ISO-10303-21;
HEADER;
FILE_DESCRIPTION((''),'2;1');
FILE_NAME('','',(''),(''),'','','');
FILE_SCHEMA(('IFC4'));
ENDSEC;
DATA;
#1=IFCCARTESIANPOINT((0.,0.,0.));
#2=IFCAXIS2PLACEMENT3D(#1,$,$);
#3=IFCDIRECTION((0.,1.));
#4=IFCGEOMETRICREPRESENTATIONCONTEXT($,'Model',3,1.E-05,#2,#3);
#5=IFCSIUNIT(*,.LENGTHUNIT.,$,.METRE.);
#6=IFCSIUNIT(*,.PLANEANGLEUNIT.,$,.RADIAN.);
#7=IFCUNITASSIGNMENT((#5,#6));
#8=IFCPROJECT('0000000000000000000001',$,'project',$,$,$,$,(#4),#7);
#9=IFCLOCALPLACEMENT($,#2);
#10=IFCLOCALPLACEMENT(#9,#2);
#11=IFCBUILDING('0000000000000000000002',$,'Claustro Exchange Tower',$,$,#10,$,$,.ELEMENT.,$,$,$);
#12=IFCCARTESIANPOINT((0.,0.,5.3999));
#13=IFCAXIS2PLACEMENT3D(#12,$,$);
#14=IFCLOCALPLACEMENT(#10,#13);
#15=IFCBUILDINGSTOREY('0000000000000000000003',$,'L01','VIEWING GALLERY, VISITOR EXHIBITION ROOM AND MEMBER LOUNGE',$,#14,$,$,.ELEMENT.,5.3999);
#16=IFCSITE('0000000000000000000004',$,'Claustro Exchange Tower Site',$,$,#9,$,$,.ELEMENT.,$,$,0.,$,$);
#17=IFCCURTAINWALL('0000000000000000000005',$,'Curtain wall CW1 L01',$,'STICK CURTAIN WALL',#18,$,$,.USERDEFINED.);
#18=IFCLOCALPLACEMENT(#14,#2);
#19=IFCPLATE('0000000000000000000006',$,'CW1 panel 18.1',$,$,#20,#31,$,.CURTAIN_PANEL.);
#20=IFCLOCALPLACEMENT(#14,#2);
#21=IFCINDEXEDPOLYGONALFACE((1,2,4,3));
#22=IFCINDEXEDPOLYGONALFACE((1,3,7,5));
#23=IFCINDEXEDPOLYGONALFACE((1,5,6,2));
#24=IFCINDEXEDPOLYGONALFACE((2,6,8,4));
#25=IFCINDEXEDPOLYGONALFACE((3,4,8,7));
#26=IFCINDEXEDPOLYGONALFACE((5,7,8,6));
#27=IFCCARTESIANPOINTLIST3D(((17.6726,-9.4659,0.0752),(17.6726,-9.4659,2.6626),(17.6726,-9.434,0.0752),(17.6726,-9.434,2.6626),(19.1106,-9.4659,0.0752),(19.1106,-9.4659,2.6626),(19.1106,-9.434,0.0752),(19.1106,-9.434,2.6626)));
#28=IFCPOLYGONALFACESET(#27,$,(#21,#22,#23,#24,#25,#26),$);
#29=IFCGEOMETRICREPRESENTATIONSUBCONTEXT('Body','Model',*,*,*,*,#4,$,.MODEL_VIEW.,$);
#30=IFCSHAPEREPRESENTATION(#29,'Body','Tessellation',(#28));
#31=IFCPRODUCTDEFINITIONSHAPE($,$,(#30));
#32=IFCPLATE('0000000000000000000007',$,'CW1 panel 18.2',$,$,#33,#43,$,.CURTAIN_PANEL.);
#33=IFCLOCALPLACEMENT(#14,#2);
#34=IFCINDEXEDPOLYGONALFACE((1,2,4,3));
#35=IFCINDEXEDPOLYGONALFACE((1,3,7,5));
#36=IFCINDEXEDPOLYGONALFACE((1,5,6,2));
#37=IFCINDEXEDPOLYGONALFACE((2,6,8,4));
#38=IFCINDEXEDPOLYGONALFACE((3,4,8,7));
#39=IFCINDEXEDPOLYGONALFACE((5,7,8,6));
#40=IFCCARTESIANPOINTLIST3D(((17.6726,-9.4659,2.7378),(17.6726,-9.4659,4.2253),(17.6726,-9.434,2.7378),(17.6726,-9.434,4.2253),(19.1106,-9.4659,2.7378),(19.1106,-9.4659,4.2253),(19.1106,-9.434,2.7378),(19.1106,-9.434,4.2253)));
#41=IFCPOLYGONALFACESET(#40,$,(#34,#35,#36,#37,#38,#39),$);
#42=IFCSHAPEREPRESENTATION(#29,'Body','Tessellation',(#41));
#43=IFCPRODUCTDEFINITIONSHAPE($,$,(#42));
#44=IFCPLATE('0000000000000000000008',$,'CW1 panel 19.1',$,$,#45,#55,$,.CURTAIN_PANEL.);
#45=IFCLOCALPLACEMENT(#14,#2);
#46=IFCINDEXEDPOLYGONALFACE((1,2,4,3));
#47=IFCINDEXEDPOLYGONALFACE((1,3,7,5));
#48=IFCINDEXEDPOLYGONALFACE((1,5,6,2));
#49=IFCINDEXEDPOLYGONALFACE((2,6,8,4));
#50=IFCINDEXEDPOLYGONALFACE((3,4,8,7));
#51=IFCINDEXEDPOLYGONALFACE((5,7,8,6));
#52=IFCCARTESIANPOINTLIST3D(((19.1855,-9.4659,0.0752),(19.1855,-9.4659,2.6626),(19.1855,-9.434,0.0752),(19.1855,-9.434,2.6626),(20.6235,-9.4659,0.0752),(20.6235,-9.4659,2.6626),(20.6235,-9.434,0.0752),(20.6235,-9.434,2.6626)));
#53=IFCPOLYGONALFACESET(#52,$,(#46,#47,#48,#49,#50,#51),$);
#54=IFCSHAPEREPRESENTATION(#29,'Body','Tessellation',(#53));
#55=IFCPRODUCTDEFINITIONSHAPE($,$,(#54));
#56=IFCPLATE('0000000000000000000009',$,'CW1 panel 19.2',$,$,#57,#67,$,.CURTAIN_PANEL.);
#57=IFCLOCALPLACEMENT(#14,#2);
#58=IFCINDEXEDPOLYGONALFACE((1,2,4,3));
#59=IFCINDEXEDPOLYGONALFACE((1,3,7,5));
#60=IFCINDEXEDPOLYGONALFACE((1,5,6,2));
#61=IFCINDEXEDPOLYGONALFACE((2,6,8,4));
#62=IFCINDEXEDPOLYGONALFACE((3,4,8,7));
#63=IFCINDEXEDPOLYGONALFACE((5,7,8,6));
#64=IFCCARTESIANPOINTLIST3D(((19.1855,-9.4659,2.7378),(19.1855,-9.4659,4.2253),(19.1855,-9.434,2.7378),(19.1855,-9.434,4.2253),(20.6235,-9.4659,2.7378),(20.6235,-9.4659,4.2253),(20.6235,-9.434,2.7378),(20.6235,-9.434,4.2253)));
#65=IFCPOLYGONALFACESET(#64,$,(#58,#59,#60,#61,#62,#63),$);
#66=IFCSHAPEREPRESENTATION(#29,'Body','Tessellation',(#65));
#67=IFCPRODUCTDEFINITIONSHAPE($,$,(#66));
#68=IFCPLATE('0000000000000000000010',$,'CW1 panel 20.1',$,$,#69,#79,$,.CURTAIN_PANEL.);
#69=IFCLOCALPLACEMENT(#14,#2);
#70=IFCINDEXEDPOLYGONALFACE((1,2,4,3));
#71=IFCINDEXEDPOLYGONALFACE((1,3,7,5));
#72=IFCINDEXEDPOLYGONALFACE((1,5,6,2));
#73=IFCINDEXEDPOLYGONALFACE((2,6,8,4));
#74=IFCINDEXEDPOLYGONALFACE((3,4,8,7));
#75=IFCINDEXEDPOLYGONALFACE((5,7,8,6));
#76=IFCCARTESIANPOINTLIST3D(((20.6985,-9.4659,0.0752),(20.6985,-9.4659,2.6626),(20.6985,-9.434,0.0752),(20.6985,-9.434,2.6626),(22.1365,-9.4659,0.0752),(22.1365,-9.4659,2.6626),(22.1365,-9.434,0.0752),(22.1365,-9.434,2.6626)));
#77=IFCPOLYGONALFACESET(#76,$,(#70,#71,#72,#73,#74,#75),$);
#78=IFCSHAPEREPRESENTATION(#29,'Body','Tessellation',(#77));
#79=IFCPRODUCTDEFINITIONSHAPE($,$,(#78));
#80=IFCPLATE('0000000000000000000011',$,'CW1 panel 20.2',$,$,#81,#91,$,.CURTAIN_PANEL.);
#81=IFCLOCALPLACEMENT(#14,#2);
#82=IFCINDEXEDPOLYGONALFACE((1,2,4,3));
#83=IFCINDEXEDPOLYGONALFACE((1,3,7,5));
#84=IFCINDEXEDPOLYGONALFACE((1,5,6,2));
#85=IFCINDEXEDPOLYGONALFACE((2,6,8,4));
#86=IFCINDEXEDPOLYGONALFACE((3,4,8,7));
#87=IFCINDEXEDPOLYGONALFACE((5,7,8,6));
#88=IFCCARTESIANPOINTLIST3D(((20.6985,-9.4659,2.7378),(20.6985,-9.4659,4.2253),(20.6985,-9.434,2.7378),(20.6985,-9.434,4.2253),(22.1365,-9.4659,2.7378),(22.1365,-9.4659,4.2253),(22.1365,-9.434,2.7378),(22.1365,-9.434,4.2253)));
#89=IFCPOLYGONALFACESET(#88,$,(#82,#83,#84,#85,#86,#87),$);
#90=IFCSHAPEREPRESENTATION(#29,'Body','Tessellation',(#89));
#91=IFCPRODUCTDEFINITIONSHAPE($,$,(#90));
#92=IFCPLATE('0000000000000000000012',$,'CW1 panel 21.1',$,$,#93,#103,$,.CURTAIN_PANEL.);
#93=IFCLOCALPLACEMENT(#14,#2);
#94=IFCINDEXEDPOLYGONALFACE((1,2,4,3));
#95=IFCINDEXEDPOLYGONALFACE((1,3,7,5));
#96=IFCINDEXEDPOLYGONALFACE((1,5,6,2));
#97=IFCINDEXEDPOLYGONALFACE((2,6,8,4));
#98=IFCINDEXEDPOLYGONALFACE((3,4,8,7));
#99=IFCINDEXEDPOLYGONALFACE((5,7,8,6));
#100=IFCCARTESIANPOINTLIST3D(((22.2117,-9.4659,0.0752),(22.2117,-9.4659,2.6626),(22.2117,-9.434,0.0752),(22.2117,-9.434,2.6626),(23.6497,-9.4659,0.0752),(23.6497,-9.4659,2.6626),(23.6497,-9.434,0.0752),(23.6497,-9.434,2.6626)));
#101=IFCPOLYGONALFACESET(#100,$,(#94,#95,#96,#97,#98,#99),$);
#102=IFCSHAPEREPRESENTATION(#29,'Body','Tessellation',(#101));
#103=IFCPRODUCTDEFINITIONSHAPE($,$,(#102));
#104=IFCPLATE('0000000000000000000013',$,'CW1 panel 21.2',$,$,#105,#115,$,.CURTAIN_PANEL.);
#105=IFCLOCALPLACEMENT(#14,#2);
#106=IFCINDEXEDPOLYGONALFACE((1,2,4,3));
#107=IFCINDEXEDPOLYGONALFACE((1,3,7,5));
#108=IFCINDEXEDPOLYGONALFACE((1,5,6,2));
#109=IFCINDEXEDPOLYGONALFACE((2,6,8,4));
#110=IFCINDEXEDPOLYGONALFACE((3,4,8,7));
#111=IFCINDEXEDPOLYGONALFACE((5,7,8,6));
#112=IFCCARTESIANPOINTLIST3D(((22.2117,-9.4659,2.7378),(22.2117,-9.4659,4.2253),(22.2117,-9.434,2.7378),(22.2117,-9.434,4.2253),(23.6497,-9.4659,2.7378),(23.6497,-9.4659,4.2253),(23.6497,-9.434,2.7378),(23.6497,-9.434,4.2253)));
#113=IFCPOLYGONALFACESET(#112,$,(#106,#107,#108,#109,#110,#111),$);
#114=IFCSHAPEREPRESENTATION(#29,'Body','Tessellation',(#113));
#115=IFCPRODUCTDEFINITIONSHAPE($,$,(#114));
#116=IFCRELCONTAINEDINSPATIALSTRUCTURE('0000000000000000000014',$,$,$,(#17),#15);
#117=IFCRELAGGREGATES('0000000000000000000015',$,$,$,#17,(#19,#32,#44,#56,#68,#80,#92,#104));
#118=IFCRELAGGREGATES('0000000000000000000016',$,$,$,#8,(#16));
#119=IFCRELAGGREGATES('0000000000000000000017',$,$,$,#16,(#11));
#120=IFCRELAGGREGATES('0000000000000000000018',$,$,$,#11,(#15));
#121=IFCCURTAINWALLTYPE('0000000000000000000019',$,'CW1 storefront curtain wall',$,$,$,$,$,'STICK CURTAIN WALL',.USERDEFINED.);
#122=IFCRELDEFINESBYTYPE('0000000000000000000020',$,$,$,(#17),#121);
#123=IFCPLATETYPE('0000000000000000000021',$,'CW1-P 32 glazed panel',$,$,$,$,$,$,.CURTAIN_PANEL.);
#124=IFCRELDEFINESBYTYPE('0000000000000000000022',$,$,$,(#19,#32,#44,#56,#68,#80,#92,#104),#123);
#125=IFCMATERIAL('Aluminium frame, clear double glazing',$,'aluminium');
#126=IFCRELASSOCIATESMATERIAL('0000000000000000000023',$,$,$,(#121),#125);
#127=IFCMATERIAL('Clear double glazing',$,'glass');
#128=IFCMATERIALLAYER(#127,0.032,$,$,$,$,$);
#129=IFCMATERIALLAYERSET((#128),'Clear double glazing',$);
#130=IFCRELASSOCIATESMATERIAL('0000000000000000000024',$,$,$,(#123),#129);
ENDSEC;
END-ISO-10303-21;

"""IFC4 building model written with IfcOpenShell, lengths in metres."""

from ifc_helpers import new_model, si_unit, direction, frame, origin, origin_2d, place, context, subcontext, project, spatial, rectangle, extrude, material, layer, layer_set, type_object, element, aggregate, save


model = new_model("IFC4")

# Units and contexts
model_context = context("Model", 3, precision=1e-05, world=origin(), true_north=direction((0.0, 1.0)))
body_context = subcontext(model_context, "Body", "Model", "MODEL_VIEW")
ifc_project = project(units=[si_unit("LENGTHUNIT", "METRE"), si_unit("PLANEANGLEUNIT", "RADIAN")], contexts=[model_context])

# Site, building, storey
site_placement = place(None, origin())
site = spatial("IfcSite", under=ifc_project, at=site_placement, Name="Claustro Exchange Tower Site", CompositionType="ELEMENT", RefElevation=0.0)
building_placement = place(site_placement, origin())
building = spatial("IfcBuilding", under=site, at=building_placement, Name="Claustro Exchange Tower", CompositionType="ELEMENT")
storey_placement = place(building_placement, frame((0.0, 0.0, 5.3999)))
storey = spatial("IfcBuildingStorey", under=building, at=storey_placement, Name="L01", Description="VIEWING GALLERY, VISITOR EXHIBITION ROOM AND MEMBER LOUNGE", CompositionType="ELEMENT", Elevation=5.3999)

# Curtain wall, plates
ifc_material_1 = material(Name="Aluminium frame, clear double glazing", Category="aluminium")
curtain_wall_type = type_object("IfcCurtainWallType", Name="CW1 storefront curtain wall", ElementType="STICK CURTAIN WALL", PredefinedType="USERDEFINED", material=ifc_material_1)
curtain_wall_placement = place(storey_placement, origin())
curtain_wall = element("IfcCurtainWall", 1, at=curtain_wall_placement, inside=storey, type_object=curtain_wall_type, Name="Curtain wall CW1 L01", ObjectType="STICK CURTAIN WALL", PredefinedType="USERDEFINED")
ifc_material_2 = material(Name="Clear double glazing", Category="glass")
ifc_layer = layer(ifc_material_2, 0.032)
ifc_layer_set = layer_set([ifc_layer], Name="Clear double glazing")
plate_type = type_object("IfcPlateType", Name="CW1-P 32 glazed panel", PredefinedType="CURTAIN_PANEL", material=ifc_layer_set)
plate_1_placement = place(storey_placement, frame((18.3916, -9.45, 0.0752), z_axis=(0.0, 0.0, 1.0), x_axis=(1.0, 0.0, 0.0)))
plate_1 = element("IfcPlate", 2, at=plate_1_placement, type_object=plate_type, Name="CW1 panel 18.1", PredefinedType="CURTAIN_PANEL", context=body_context, shape_type="SweptSolid", body=[
    extrude(rectangle(XDim=1.438, YDim=0.032, at=origin_2d()), origin(), (0.0, 0.0, 1.0), 2.5874),
])
plate_2_placement = place(storey_placement, frame((18.3916, -9.45, 2.7378), z_axis=(0.0, 0.0, 1.0), x_axis=(1.0, 0.0, 0.0)))
plate_2 = element("IfcPlate", 3, at=plate_2_placement, type_object=plate_type, Name="CW1 panel 18.2", PredefinedType="CURTAIN_PANEL", context=body_context, shape_type="SweptSolid", body=[
    extrude(rectangle(XDim=1.438, YDim=0.032, at=origin_2d()), origin(), (0.0, 0.0, 1.0), 1.4875),
])
plate_3_placement = place(storey_placement, frame((19.9045, -9.45, 0.0752), z_axis=(0.0, 0.0, 1.0), x_axis=(1.0, 0.0, 0.0)))
plate_3 = element("IfcPlate", 4, at=plate_3_placement, type_object=plate_type, Name="CW1 panel 19.1", PredefinedType="CURTAIN_PANEL", context=body_context, shape_type="SweptSolid", body=[
    extrude(rectangle(XDim=1.438, YDim=0.032, at=origin_2d()), origin(), (0.0, 0.0, 1.0), 2.5874),
])
plate_4_placement = place(storey_placement, frame((19.9045, -9.45, 2.7378), z_axis=(0.0, 0.0, 1.0), x_axis=(1.0, 0.0, 0.0)))
plate_4 = element("IfcPlate", 5, at=plate_4_placement, type_object=plate_type, Name="CW1 panel 19.2", PredefinedType="CURTAIN_PANEL", context=body_context, shape_type="SweptSolid", body=[
    extrude(rectangle(XDim=1.438, YDim=0.032, at=origin_2d()), origin(), (0.0, 0.0, 1.0), 1.4875),
])
plate_5_placement = place(storey_placement, frame((21.4175, -9.45, 0.0752), z_axis=(0.0, 0.0, 1.0), x_axis=(1.0, 0.0, 0.0)))
plate_5 = element("IfcPlate", 6, at=plate_5_placement, type_object=plate_type, Name="CW1 panel 20.1", PredefinedType="CURTAIN_PANEL", context=body_context, shape_type="SweptSolid", body=[
    extrude(rectangle(XDim=1.438, YDim=0.032, at=origin_2d()), origin(), (0.0, 0.0, 1.0), 2.5874),
])
plate_6_placement = place(storey_placement, frame((21.4175, -9.45, 2.7378), z_axis=(0.0, 0.0, 1.0), x_axis=(1.0, 0.0, 0.0)))
plate_6 = element("IfcPlate", 7, at=plate_6_placement, type_object=plate_type, Name="CW1 panel 20.2", PredefinedType="CURTAIN_PANEL", context=body_context, shape_type="SweptSolid", body=[
    extrude(rectangle(XDim=1.438, YDim=0.032, at=origin_2d()), origin(), (0.0, 0.0, 1.0), 1.4875),
])
plate_7_placement = place(storey_placement, frame((22.9307, -9.45, 0.0752), z_axis=(0.0, 0.0, 1.0), x_axis=(1.0, 0.0, 0.0)))
plate_7 = element("IfcPlate", 8, at=plate_7_placement, type_object=plate_type, Name="CW1 panel 21.1", PredefinedType="CURTAIN_PANEL", context=body_context, shape_type="SweptSolid", body=[
    extrude(rectangle(XDim=1.438, YDim=0.032, at=origin_2d()), origin(), (0.0, 0.0, 1.0), 2.5874),
])
plate_8_placement = place(storey_placement, frame((22.9307, -9.45, 2.7378), z_axis=(0.0, 0.0, 1.0), x_axis=(1.0, 0.0, 0.0)))
plate_8 = element("IfcPlate", 9, at=plate_8_placement, type_object=plate_type, Name="CW1 panel 21.2", PredefinedType="CURTAIN_PANEL", context=body_context, shape_type="SweptSolid", body=[
    extrude(rectangle(XDim=1.438, YDim=0.032, at=origin_2d()), origin(), (0.0, 0.0, 1.0), 1.4875),
])
aggregate(curtain_wall, [plate_1, plate_2, plate_3, plate_4, plate_5, plate_6, plate_7, plate_8])

save(model, "model.ifc")
